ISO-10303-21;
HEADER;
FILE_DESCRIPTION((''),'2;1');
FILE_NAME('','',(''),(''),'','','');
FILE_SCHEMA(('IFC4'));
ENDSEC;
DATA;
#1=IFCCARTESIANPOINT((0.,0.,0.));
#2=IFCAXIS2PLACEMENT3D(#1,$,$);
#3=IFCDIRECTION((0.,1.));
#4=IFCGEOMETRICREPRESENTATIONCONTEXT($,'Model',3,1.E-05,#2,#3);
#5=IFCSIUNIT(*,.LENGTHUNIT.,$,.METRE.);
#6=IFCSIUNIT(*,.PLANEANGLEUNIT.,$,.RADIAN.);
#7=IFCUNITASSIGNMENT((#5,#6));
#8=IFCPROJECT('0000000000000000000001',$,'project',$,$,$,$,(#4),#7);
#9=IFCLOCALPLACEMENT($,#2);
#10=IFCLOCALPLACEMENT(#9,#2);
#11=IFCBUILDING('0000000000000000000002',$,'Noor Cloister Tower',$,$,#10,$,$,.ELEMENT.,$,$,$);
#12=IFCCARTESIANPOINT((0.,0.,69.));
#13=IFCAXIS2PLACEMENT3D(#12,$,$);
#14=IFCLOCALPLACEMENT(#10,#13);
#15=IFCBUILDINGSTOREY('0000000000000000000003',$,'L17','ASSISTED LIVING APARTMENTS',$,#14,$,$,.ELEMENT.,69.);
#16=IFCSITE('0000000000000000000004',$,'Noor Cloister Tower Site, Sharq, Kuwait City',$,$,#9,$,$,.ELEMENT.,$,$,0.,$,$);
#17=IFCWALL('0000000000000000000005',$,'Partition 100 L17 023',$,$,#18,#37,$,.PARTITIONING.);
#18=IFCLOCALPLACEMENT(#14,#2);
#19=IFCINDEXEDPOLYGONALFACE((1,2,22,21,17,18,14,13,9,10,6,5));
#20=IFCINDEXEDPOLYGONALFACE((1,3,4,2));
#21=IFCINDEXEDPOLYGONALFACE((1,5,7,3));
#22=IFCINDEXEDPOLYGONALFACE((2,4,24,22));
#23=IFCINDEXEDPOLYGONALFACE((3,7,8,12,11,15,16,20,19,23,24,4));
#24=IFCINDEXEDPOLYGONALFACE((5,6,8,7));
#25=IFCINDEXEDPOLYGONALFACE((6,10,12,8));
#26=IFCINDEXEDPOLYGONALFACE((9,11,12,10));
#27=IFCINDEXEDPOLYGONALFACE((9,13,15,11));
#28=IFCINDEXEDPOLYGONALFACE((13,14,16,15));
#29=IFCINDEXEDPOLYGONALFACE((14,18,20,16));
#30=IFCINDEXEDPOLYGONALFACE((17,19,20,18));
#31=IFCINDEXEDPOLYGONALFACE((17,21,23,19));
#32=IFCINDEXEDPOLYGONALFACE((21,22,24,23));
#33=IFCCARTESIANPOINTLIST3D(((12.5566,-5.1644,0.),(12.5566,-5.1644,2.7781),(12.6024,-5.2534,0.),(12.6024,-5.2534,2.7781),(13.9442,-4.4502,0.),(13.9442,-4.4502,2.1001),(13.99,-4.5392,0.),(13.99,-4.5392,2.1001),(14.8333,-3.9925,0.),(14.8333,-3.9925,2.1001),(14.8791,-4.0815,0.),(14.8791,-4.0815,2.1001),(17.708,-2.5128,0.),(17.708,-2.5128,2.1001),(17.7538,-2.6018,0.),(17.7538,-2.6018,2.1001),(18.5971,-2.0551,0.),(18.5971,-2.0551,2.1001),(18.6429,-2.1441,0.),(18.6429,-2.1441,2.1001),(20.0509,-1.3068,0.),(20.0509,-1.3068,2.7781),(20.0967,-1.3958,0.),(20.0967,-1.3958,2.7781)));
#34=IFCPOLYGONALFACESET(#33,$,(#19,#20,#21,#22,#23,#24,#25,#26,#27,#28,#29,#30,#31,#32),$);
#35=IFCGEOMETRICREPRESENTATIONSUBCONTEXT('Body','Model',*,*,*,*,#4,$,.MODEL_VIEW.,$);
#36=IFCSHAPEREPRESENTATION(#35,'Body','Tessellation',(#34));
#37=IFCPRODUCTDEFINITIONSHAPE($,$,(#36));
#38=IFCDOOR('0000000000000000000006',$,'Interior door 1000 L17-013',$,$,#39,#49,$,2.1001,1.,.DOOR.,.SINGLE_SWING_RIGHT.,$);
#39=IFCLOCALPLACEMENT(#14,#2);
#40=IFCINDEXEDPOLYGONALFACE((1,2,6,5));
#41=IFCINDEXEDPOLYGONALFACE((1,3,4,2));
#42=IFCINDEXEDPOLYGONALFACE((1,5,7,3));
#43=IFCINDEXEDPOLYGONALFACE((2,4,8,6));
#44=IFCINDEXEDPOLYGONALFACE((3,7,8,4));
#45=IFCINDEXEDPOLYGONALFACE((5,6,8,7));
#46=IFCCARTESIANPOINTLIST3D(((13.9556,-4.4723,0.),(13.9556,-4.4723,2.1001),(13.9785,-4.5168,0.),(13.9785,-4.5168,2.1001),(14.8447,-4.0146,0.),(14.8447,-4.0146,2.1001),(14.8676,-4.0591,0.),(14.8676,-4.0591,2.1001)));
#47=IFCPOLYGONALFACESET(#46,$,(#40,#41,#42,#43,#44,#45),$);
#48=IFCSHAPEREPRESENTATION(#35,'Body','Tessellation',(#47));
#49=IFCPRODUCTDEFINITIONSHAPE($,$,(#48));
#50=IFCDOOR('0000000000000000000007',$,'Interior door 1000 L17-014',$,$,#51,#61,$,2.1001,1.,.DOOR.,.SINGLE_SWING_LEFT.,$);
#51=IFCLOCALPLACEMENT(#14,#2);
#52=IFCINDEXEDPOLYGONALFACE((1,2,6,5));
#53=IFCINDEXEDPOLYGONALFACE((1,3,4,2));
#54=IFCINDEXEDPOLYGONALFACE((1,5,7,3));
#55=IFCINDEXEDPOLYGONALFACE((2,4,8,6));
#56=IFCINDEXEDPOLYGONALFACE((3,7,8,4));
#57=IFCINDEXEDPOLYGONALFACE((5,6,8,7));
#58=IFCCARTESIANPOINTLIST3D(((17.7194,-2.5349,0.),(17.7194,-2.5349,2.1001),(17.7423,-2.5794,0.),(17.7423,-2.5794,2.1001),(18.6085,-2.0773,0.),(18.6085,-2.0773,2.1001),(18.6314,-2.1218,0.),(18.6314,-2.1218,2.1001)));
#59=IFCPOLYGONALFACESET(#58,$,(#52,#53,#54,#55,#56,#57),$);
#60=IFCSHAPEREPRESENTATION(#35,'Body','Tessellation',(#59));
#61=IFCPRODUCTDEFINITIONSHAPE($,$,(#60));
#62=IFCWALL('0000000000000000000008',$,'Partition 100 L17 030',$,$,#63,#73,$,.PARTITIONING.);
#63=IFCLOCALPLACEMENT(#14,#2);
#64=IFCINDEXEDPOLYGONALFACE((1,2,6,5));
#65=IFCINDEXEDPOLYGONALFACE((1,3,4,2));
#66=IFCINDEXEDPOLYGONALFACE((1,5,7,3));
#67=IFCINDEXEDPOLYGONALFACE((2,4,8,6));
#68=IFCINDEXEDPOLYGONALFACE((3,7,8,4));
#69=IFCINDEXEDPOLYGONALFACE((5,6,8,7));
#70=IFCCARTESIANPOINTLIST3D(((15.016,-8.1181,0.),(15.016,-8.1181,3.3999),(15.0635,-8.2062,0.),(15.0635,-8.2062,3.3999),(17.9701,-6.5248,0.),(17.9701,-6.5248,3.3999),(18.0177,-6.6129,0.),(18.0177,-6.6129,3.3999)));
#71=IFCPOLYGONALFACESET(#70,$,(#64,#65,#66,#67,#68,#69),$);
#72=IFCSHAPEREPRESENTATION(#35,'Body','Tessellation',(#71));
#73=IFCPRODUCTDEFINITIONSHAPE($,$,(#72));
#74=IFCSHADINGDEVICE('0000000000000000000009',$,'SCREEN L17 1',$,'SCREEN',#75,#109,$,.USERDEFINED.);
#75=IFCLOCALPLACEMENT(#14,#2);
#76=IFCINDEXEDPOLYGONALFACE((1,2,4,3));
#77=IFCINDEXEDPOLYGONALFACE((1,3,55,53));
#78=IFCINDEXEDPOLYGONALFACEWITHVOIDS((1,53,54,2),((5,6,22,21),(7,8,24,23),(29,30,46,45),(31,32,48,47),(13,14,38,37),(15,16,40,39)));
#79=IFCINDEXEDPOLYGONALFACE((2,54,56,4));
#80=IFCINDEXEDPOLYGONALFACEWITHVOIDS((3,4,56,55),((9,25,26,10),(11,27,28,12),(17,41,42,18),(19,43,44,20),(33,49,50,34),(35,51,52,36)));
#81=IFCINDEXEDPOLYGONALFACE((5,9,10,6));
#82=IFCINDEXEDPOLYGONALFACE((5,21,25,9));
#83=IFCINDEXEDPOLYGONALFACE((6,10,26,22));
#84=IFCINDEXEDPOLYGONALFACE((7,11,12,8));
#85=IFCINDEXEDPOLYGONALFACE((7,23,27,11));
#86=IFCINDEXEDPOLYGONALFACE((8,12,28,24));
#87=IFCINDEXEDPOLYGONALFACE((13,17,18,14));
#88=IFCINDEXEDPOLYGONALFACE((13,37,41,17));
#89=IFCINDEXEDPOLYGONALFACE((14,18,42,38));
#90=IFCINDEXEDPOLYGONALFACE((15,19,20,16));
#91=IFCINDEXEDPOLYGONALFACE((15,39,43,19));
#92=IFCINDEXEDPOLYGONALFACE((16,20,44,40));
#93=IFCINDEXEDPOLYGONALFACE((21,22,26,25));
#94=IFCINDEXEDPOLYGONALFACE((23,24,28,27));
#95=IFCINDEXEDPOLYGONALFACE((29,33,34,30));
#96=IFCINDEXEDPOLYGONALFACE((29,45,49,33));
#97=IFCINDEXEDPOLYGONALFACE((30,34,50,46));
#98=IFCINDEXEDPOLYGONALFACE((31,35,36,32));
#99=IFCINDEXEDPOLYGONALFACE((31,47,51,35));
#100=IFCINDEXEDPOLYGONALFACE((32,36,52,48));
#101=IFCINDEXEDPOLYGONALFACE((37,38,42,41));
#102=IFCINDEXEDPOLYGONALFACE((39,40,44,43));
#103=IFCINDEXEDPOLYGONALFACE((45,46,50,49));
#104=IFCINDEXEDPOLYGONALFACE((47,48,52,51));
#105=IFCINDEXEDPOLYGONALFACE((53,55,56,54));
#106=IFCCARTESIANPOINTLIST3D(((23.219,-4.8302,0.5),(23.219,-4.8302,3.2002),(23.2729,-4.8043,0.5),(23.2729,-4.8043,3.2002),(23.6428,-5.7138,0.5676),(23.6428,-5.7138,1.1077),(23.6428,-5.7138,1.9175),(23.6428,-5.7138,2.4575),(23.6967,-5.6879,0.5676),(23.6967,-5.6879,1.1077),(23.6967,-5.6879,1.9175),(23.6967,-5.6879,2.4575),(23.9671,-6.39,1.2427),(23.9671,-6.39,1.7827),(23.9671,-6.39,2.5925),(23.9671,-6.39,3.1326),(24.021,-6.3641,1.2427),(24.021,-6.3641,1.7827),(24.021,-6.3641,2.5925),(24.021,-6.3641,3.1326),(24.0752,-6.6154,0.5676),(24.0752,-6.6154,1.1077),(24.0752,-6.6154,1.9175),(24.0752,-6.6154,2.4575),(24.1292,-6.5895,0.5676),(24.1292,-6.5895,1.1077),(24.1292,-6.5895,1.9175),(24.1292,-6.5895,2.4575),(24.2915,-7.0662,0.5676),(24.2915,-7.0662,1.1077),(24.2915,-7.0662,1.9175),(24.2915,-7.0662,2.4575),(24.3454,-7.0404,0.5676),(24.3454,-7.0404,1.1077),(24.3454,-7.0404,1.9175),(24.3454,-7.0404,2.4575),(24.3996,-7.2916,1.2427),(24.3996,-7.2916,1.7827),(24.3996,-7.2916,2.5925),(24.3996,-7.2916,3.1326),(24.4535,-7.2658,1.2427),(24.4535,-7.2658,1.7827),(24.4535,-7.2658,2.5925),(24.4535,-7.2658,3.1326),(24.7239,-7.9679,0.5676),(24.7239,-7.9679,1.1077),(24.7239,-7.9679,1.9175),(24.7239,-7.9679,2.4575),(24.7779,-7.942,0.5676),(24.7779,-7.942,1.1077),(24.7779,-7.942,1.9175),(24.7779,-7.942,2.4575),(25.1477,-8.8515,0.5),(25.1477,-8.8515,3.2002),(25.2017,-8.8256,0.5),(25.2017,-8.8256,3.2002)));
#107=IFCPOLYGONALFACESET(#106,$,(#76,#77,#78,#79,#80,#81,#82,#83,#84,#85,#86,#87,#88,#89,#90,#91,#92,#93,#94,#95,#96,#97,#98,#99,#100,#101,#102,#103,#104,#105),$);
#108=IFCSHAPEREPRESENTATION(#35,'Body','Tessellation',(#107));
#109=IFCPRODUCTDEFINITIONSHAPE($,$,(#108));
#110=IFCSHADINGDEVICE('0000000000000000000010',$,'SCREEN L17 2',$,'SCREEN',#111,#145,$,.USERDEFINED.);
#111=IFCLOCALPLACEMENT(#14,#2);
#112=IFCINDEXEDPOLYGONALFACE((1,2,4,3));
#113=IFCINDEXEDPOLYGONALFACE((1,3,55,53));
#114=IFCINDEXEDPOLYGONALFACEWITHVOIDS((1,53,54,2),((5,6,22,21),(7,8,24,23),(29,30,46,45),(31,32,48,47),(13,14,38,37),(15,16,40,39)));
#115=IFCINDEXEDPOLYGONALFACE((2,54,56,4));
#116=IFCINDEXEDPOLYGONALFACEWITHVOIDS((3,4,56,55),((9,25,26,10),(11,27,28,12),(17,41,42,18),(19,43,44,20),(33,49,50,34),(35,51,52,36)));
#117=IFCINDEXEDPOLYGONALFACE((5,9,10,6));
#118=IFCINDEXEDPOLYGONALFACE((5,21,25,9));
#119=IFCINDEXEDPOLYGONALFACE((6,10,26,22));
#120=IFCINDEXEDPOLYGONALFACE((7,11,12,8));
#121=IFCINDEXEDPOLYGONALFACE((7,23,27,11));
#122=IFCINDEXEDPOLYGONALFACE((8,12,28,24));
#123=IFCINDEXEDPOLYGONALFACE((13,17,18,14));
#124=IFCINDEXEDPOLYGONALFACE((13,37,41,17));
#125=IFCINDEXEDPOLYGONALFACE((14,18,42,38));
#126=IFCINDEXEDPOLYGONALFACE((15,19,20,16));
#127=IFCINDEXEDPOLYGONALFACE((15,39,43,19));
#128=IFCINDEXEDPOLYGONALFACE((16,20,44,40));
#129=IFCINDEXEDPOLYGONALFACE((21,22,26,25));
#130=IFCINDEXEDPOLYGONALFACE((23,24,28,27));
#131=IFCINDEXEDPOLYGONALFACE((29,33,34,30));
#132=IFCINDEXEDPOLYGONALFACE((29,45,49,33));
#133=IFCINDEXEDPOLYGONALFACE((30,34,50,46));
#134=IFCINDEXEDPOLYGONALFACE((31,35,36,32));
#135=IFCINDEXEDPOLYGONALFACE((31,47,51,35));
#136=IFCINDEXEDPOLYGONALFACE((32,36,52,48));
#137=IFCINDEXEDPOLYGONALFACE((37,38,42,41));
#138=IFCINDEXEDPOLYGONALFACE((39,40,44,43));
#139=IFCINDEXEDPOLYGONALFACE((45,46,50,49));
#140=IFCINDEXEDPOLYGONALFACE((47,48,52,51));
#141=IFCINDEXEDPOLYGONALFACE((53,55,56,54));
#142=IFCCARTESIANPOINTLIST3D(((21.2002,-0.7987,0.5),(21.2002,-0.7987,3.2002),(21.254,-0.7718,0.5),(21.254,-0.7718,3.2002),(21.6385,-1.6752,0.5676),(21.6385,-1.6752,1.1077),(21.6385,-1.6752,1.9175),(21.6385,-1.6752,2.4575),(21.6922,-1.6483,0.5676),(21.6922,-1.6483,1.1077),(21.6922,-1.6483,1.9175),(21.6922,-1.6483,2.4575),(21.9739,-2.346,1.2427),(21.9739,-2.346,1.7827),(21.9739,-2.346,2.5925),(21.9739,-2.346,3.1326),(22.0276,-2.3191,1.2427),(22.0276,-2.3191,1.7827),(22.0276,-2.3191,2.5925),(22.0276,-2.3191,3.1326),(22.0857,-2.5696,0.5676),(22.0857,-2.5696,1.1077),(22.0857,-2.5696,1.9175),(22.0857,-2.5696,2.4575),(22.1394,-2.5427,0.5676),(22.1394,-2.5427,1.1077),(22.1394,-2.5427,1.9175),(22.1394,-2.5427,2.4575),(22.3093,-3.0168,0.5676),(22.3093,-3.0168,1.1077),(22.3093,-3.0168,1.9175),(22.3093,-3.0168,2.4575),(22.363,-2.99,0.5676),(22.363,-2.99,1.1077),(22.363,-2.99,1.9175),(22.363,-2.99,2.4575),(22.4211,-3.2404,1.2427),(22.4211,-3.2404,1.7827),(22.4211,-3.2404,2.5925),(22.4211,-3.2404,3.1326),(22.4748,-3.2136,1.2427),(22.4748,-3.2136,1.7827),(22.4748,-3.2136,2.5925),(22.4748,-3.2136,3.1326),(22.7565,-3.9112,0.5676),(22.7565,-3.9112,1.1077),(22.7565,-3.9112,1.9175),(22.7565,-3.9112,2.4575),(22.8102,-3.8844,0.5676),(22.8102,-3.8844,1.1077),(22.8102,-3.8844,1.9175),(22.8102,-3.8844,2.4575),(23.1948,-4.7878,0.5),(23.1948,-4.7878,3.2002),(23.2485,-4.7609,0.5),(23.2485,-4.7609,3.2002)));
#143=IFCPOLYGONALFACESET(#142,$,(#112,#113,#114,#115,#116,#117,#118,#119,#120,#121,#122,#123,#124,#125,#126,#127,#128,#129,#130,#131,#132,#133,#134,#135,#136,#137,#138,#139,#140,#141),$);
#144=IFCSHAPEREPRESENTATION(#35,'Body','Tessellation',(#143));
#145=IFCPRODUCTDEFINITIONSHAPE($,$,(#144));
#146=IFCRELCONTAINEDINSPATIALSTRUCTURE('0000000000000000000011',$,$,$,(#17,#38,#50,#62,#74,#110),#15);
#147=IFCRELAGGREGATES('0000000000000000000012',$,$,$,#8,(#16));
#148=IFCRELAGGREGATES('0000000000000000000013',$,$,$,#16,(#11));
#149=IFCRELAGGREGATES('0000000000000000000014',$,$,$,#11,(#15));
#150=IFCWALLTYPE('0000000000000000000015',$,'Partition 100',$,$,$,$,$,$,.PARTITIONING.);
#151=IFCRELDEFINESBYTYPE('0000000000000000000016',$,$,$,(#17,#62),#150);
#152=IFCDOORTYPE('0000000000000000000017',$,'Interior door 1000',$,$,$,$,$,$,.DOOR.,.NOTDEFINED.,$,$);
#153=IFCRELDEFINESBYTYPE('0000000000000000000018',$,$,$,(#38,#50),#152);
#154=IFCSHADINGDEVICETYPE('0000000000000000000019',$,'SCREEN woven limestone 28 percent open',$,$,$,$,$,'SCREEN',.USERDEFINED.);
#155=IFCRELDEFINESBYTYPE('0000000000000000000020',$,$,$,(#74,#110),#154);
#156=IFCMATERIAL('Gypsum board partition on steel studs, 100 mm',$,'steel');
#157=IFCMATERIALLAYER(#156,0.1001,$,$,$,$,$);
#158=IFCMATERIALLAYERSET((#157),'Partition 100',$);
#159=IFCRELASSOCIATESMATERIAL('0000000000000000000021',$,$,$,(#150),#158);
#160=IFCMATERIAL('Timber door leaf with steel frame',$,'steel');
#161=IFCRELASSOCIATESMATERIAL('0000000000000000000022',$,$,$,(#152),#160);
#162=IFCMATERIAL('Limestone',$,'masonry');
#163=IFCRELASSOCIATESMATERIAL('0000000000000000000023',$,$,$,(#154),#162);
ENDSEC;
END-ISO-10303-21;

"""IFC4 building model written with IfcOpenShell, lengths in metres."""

from ifc_helpers import new_model, si_unit, direction, frame, frame_2d, origin, place, context, subcontext, project, spatial, polyline, rectangle, outline, extrude, material, layer, layer_set, material_profile, profile_set, type_object, element, fill, save


model = new_model("IFC4")

# Units and contexts
model_context = context("Model", 3, precision=1e-05, world=origin(), true_north=direction((0.0, 1.0)))
body_context = subcontext(model_context, "Body", "Model", "MODEL_VIEW")
ifc_project = project(units=[si_unit("LENGTHUNIT", "METRE"), si_unit("PLANEANGLEUNIT", "RADIAN")], contexts=[model_context])

# Site, building, storey
site_placement = place(None, origin())
site = spatial("IfcSite", under=ifc_project, at=site_placement, Name="Noor Cloister Tower Site, Sharq, Kuwait City", CompositionType="ELEMENT", RefElevation=0.0)
building_placement = place(site_placement, origin())
building = spatial("IfcBuilding", under=site, at=building_placement, Name="Noor Cloister Tower", CompositionType="ELEMENT")
storey_placement = place(building_placement, frame((0.0, 0.0, 69.0)))
storey = spatial("IfcBuildingStorey", under=building, at=storey_placement, Name="L17", Description="ASSISTED LIVING APARTMENTS", CompositionType="ELEMENT", Elevation=69.0)

# Wall, openings, doors
ifc_material_1 = material(Name="Gypsum board partition on steel studs, 100 mm", Category="steel")
ifc_layer_1 = layer(ifc_material_1, 0.1001)
ifc_layer_set_1 = layer_set([ifc_layer_1], Name="Partition 100")
wall_type_1 = type_object("IfcWallType", Name="Partition 100", PredefinedType="PARTITIONING", material=ifc_layer_set_1)
wall_1_placement = place(storey_placement, frame((20.0737, -1.3513, 0.0), z_axis=(0.0, 0.0, 1.0), x_axis=(-0.889123, -0.457668, 0.0)))
wall_1 = element("IfcWall", 1, at=wall_1_placement, inside=storey, type_object=wall_type_1, Name="Partition 100 L17 023", PredefinedType="PARTITIONING", context=body_context, shape_type="SweptSolid", body=[
    extrude(rectangle(XDim=8.429, YDim=0.1001, at=frame_2d((4.2144, 0.0))), origin(), (0.0, 0.0, 1.0), 2.7781),
])
opening_1_placement = place(wall_1_placement, frame((5.8682, 0.0, 0.0)))
opening_1 = element("IfcOpeningElement", 2, at=opening_1_placement, cuts=wall_1, PredefinedType="OPENING", context=body_context, shape_type="SweptSolid", body=[
    extrude(rectangle(XDim=1.0, YDim=2.1001, at=frame_2d((0.5, 1.05))), frame((0.0, 0.0601, 0.0), z_axis=(0.0, -1.0, 0.0), x_axis=(1.0, 0.0, 0.0)), (0.0, 0.0, 1.0), 0.1201),
])
opening_2_placement = place(wall_1_placement, frame((1.635, 0.0, 0.0)))
opening_2 = element("IfcOpeningElement", 3, at=opening_2_placement, cuts=wall_1, PredefinedType="OPENING", context=body_context, shape_type="SweptSolid", body=[
    extrude(rectangle(XDim=1.0, YDim=2.1001, at=frame_2d((0.5, 1.05))), frame((0.0, 0.0601, 0.0), z_axis=(0.0, -1.0, 0.0), x_axis=(1.0, 0.0, 0.0)), (0.0, 0.0, 1.0), 0.1201),
])
ifc_material_2 = material(Name="Timber door leaf with steel frame", Category="steel")
door_type = type_object("IfcDoorType", Name="Interior door 1000", OperationType="NOTDEFINED", PredefinedType="DOOR", material=ifc_material_2)
door_1_placement = place(opening_1_placement, origin())
door_1 = element("IfcDoor", 4, at=door_1_placement, inside=storey, type_object=door_type, Name="Interior door 1000 L17-013", OperationType="SINGLE_SWING_RIGHT", OverallHeight=2.1001, OverallWidth=1.0, PredefinedType="DOOR", context=body_context, shape_type="SweptSolid", body=[
    extrude(rectangle(XDim=1.0, YDim=2.1001, at=frame_2d((0.5, 1.05))), frame((0.0, 0.0249, 0.0), z_axis=(0.0, -1.0, 0.0), x_axis=(1.0, 0.0, 0.0)), (0.0, 0.0, 1.0), 0.05),
])
fill(opening_1, door_1)
door_2_placement = place(opening_2_placement, origin())
door_2 = element("IfcDoor", 5, at=door_2_placement, inside=storey, type_object=door_type, Name="Interior door 1000 L17-014", OperationType="SINGLE_SWING_LEFT", OverallHeight=2.1001, OverallWidth=1.0, PredefinedType="DOOR", context=body_context, shape_type="SweptSolid", body=[
    extrude(rectangle(XDim=1.0, YDim=2.1001, at=frame_2d((0.5, 1.05))), frame((0.0, 0.0249, 0.0), z_axis=(0.0, -1.0, 0.0), x_axis=(1.0, 0.0, 0.0)), (0.0, 0.0, 1.0), 0.05),
])
fill(opening_2, door_2)

# Wall
wall_2_placement = place(storey_placement, frame((17.9939, -6.5688, 0.0), z_axis=(0.0, 0.0, 1.0), x_axis=(-0.880149, -0.474698, 0.0)))
element("IfcWall", 6, at=wall_2_placement, inside=storey, type_object=wall_type_1, Name="Partition 100 L17 030", PredefinedType="PARTITIONING", context=body_context, shape_type="SweptSolid", body=[
    extrude(rectangle(XDim=3.3564, YDim=0.1001, at=frame_2d((1.6782, 0.0))), origin(), (0.0, 0.0, 1.0), 3.3999),
])

# Shading devices
ifc_material_3 = material(Name="Limestone", Category="masonry")
ifc_material_profile_1 = material_profile(ifc_material_3, outline(polyline([(-2.23, -1.3501), (2.23, -1.3501), (2.23, 1.3501), (-2.23, 1.3501), (-2.23, -1.3501)]), holes=[polyline([(-1.25, -1.2825), (-0.25, -1.2825), (-0.25, -0.7424), (-1.25, -0.7424), (-1.25, -1.2825)]), polyline([(0.25, -1.2825), (1.25, -1.2825), (1.25, -0.7424), (0.25, -0.7424), (0.25, -1.2825)]), polyline([(-0.5, -0.6074), (0.5, -0.6074), (0.5, -0.0674), (-0.5, -0.0674), (-0.5, -0.6074)]), polyline([(-1.25, 0.0674), (-0.25, 0.0674), (-0.25, 0.6074), (-1.25, 0.6074), (-1.25, 0.0674)]), polyline([(0.25, 0.0674), (1.25, 0.0674), (1.25, 0.6074), (0.25, 0.6074), (0.25, 0.0674)]), polyline([(-0.5, 0.7424), (0.5, 0.7424), (0.5, 1.2825), (-0.5, 1.2825), (-0.5, 0.7424)])]), Name="Woven screen 28 percent open")
ifc_profile_set_1 = profile_set([ifc_material_profile_1], Name="Limestone")
shading_device_type = type_object("IfcShadingDeviceType", Name="SCREEN woven limestone 28 percent open", ElementType="SCREEN", PredefinedType="USERDEFINED", material=ifc_profile_set_1)
shading_device_1_placement = place(storey_placement, frame((24.1833, -6.8408, 1.8501), z_axis=(0.90165, 0.432466, 0.0), x_axis=(-0.432466, 0.90165, 0.0)))
element("IfcShadingDevice", 7, at=shading_device_1_placement, inside=storey, type_object=shading_device_type, Name="SCREEN L17 1", ObjectType="SCREEN", PredefinedType="USERDEFINED", context=body_context, shape_type="SweptSolid", body=[
    extrude(outline(polyline([(-2.23, -1.3501), (2.23, -1.3501), (2.23, 1.3501), (-2.23, 1.3501), (-2.23, -1.3501)]), holes=[polyline([(-1.25, -1.2825), (-0.25, -1.2825), (-0.25, -0.7424), (-1.25, -0.7424), (-1.25, -1.2825)]), polyline([(0.25, -1.2825), (1.25, -1.2825), (1.25, -0.7424), (0.25, -0.7424), (0.25, -1.2825)]), polyline([(-0.5, -0.6074), (0.5, -0.6074), (0.5, -0.0674), (-0.5, -0.0674), (-0.5, -0.6074)]), polyline([(-1.25, 0.0674), (-0.25, 0.0674), (-0.25, 0.6074), (-1.25, 0.6074), (-1.25, 0.0674)]), polyline([(0.25, 0.0674), (1.25, 0.0674), (1.25, 0.6074), (0.25, 0.6074), (0.25, 0.0674)]), polyline([(-0.5, 0.7424), (0.5, 0.7424), (0.5, 1.2825), (-0.5, 1.2825), (-0.5, 0.7424)])]), origin(), (0.0, 0.0, 1.0), 0.0598),
])
shading_device_2_placement = place(storey_placement, frame((22.1975, -2.7932, 1.8501), z_axis=(0.894427, 0.447214, 0.0), x_axis=(-0.447214, 0.894427, 0.0)))
element("IfcShadingDevice", 8, at=shading_device_2_placement, inside=storey, type_object=shading_device_type, Name="SCREEN L17 2", ObjectType="SCREEN", PredefinedType="USERDEFINED", context=body_context, shape_type="SweptSolid", body=[
    extrude(outline(polyline([(-2.23, -1.3501), (2.23, -1.3501), (2.23, 1.3501), (-2.23, 1.3501), (-2.23, -1.3501)]), holes=[polyline([(-1.25, -1.2825), (-0.25, -1.2825), (-0.25, -0.7424), (-1.25, -0.7424), (-1.25, -1.2825)]), polyline([(0.25, -1.2825), (1.25, -1.2825), (1.25, -0.7424), (0.25, -0.7424), (0.25, -1.2825)]), polyline([(-0.5, -0.6074), (0.5, -0.6074), (0.5, -0.0674), (-0.5, -0.0674), (-0.5, -0.6074)]), polyline([(-1.25, 0.0674), (-0.25, 0.0674), (-0.25, 0.6074), (-1.25, 0.6074), (-1.25, 0.0674)]), polyline([(0.25, 0.0674), (1.25, 0.0674), (1.25, 0.6074), (0.25, 0.6074), (0.25, 0.0674)]), polyline([(-0.5, 0.7424), (0.5, 0.7424), (0.5, 1.2825), (-0.5, 1.2825), (-0.5, 0.7424)])]), origin(), (0.0, 0.0, 1.0), 0.0601),
])

save(model, "model.ifc")
